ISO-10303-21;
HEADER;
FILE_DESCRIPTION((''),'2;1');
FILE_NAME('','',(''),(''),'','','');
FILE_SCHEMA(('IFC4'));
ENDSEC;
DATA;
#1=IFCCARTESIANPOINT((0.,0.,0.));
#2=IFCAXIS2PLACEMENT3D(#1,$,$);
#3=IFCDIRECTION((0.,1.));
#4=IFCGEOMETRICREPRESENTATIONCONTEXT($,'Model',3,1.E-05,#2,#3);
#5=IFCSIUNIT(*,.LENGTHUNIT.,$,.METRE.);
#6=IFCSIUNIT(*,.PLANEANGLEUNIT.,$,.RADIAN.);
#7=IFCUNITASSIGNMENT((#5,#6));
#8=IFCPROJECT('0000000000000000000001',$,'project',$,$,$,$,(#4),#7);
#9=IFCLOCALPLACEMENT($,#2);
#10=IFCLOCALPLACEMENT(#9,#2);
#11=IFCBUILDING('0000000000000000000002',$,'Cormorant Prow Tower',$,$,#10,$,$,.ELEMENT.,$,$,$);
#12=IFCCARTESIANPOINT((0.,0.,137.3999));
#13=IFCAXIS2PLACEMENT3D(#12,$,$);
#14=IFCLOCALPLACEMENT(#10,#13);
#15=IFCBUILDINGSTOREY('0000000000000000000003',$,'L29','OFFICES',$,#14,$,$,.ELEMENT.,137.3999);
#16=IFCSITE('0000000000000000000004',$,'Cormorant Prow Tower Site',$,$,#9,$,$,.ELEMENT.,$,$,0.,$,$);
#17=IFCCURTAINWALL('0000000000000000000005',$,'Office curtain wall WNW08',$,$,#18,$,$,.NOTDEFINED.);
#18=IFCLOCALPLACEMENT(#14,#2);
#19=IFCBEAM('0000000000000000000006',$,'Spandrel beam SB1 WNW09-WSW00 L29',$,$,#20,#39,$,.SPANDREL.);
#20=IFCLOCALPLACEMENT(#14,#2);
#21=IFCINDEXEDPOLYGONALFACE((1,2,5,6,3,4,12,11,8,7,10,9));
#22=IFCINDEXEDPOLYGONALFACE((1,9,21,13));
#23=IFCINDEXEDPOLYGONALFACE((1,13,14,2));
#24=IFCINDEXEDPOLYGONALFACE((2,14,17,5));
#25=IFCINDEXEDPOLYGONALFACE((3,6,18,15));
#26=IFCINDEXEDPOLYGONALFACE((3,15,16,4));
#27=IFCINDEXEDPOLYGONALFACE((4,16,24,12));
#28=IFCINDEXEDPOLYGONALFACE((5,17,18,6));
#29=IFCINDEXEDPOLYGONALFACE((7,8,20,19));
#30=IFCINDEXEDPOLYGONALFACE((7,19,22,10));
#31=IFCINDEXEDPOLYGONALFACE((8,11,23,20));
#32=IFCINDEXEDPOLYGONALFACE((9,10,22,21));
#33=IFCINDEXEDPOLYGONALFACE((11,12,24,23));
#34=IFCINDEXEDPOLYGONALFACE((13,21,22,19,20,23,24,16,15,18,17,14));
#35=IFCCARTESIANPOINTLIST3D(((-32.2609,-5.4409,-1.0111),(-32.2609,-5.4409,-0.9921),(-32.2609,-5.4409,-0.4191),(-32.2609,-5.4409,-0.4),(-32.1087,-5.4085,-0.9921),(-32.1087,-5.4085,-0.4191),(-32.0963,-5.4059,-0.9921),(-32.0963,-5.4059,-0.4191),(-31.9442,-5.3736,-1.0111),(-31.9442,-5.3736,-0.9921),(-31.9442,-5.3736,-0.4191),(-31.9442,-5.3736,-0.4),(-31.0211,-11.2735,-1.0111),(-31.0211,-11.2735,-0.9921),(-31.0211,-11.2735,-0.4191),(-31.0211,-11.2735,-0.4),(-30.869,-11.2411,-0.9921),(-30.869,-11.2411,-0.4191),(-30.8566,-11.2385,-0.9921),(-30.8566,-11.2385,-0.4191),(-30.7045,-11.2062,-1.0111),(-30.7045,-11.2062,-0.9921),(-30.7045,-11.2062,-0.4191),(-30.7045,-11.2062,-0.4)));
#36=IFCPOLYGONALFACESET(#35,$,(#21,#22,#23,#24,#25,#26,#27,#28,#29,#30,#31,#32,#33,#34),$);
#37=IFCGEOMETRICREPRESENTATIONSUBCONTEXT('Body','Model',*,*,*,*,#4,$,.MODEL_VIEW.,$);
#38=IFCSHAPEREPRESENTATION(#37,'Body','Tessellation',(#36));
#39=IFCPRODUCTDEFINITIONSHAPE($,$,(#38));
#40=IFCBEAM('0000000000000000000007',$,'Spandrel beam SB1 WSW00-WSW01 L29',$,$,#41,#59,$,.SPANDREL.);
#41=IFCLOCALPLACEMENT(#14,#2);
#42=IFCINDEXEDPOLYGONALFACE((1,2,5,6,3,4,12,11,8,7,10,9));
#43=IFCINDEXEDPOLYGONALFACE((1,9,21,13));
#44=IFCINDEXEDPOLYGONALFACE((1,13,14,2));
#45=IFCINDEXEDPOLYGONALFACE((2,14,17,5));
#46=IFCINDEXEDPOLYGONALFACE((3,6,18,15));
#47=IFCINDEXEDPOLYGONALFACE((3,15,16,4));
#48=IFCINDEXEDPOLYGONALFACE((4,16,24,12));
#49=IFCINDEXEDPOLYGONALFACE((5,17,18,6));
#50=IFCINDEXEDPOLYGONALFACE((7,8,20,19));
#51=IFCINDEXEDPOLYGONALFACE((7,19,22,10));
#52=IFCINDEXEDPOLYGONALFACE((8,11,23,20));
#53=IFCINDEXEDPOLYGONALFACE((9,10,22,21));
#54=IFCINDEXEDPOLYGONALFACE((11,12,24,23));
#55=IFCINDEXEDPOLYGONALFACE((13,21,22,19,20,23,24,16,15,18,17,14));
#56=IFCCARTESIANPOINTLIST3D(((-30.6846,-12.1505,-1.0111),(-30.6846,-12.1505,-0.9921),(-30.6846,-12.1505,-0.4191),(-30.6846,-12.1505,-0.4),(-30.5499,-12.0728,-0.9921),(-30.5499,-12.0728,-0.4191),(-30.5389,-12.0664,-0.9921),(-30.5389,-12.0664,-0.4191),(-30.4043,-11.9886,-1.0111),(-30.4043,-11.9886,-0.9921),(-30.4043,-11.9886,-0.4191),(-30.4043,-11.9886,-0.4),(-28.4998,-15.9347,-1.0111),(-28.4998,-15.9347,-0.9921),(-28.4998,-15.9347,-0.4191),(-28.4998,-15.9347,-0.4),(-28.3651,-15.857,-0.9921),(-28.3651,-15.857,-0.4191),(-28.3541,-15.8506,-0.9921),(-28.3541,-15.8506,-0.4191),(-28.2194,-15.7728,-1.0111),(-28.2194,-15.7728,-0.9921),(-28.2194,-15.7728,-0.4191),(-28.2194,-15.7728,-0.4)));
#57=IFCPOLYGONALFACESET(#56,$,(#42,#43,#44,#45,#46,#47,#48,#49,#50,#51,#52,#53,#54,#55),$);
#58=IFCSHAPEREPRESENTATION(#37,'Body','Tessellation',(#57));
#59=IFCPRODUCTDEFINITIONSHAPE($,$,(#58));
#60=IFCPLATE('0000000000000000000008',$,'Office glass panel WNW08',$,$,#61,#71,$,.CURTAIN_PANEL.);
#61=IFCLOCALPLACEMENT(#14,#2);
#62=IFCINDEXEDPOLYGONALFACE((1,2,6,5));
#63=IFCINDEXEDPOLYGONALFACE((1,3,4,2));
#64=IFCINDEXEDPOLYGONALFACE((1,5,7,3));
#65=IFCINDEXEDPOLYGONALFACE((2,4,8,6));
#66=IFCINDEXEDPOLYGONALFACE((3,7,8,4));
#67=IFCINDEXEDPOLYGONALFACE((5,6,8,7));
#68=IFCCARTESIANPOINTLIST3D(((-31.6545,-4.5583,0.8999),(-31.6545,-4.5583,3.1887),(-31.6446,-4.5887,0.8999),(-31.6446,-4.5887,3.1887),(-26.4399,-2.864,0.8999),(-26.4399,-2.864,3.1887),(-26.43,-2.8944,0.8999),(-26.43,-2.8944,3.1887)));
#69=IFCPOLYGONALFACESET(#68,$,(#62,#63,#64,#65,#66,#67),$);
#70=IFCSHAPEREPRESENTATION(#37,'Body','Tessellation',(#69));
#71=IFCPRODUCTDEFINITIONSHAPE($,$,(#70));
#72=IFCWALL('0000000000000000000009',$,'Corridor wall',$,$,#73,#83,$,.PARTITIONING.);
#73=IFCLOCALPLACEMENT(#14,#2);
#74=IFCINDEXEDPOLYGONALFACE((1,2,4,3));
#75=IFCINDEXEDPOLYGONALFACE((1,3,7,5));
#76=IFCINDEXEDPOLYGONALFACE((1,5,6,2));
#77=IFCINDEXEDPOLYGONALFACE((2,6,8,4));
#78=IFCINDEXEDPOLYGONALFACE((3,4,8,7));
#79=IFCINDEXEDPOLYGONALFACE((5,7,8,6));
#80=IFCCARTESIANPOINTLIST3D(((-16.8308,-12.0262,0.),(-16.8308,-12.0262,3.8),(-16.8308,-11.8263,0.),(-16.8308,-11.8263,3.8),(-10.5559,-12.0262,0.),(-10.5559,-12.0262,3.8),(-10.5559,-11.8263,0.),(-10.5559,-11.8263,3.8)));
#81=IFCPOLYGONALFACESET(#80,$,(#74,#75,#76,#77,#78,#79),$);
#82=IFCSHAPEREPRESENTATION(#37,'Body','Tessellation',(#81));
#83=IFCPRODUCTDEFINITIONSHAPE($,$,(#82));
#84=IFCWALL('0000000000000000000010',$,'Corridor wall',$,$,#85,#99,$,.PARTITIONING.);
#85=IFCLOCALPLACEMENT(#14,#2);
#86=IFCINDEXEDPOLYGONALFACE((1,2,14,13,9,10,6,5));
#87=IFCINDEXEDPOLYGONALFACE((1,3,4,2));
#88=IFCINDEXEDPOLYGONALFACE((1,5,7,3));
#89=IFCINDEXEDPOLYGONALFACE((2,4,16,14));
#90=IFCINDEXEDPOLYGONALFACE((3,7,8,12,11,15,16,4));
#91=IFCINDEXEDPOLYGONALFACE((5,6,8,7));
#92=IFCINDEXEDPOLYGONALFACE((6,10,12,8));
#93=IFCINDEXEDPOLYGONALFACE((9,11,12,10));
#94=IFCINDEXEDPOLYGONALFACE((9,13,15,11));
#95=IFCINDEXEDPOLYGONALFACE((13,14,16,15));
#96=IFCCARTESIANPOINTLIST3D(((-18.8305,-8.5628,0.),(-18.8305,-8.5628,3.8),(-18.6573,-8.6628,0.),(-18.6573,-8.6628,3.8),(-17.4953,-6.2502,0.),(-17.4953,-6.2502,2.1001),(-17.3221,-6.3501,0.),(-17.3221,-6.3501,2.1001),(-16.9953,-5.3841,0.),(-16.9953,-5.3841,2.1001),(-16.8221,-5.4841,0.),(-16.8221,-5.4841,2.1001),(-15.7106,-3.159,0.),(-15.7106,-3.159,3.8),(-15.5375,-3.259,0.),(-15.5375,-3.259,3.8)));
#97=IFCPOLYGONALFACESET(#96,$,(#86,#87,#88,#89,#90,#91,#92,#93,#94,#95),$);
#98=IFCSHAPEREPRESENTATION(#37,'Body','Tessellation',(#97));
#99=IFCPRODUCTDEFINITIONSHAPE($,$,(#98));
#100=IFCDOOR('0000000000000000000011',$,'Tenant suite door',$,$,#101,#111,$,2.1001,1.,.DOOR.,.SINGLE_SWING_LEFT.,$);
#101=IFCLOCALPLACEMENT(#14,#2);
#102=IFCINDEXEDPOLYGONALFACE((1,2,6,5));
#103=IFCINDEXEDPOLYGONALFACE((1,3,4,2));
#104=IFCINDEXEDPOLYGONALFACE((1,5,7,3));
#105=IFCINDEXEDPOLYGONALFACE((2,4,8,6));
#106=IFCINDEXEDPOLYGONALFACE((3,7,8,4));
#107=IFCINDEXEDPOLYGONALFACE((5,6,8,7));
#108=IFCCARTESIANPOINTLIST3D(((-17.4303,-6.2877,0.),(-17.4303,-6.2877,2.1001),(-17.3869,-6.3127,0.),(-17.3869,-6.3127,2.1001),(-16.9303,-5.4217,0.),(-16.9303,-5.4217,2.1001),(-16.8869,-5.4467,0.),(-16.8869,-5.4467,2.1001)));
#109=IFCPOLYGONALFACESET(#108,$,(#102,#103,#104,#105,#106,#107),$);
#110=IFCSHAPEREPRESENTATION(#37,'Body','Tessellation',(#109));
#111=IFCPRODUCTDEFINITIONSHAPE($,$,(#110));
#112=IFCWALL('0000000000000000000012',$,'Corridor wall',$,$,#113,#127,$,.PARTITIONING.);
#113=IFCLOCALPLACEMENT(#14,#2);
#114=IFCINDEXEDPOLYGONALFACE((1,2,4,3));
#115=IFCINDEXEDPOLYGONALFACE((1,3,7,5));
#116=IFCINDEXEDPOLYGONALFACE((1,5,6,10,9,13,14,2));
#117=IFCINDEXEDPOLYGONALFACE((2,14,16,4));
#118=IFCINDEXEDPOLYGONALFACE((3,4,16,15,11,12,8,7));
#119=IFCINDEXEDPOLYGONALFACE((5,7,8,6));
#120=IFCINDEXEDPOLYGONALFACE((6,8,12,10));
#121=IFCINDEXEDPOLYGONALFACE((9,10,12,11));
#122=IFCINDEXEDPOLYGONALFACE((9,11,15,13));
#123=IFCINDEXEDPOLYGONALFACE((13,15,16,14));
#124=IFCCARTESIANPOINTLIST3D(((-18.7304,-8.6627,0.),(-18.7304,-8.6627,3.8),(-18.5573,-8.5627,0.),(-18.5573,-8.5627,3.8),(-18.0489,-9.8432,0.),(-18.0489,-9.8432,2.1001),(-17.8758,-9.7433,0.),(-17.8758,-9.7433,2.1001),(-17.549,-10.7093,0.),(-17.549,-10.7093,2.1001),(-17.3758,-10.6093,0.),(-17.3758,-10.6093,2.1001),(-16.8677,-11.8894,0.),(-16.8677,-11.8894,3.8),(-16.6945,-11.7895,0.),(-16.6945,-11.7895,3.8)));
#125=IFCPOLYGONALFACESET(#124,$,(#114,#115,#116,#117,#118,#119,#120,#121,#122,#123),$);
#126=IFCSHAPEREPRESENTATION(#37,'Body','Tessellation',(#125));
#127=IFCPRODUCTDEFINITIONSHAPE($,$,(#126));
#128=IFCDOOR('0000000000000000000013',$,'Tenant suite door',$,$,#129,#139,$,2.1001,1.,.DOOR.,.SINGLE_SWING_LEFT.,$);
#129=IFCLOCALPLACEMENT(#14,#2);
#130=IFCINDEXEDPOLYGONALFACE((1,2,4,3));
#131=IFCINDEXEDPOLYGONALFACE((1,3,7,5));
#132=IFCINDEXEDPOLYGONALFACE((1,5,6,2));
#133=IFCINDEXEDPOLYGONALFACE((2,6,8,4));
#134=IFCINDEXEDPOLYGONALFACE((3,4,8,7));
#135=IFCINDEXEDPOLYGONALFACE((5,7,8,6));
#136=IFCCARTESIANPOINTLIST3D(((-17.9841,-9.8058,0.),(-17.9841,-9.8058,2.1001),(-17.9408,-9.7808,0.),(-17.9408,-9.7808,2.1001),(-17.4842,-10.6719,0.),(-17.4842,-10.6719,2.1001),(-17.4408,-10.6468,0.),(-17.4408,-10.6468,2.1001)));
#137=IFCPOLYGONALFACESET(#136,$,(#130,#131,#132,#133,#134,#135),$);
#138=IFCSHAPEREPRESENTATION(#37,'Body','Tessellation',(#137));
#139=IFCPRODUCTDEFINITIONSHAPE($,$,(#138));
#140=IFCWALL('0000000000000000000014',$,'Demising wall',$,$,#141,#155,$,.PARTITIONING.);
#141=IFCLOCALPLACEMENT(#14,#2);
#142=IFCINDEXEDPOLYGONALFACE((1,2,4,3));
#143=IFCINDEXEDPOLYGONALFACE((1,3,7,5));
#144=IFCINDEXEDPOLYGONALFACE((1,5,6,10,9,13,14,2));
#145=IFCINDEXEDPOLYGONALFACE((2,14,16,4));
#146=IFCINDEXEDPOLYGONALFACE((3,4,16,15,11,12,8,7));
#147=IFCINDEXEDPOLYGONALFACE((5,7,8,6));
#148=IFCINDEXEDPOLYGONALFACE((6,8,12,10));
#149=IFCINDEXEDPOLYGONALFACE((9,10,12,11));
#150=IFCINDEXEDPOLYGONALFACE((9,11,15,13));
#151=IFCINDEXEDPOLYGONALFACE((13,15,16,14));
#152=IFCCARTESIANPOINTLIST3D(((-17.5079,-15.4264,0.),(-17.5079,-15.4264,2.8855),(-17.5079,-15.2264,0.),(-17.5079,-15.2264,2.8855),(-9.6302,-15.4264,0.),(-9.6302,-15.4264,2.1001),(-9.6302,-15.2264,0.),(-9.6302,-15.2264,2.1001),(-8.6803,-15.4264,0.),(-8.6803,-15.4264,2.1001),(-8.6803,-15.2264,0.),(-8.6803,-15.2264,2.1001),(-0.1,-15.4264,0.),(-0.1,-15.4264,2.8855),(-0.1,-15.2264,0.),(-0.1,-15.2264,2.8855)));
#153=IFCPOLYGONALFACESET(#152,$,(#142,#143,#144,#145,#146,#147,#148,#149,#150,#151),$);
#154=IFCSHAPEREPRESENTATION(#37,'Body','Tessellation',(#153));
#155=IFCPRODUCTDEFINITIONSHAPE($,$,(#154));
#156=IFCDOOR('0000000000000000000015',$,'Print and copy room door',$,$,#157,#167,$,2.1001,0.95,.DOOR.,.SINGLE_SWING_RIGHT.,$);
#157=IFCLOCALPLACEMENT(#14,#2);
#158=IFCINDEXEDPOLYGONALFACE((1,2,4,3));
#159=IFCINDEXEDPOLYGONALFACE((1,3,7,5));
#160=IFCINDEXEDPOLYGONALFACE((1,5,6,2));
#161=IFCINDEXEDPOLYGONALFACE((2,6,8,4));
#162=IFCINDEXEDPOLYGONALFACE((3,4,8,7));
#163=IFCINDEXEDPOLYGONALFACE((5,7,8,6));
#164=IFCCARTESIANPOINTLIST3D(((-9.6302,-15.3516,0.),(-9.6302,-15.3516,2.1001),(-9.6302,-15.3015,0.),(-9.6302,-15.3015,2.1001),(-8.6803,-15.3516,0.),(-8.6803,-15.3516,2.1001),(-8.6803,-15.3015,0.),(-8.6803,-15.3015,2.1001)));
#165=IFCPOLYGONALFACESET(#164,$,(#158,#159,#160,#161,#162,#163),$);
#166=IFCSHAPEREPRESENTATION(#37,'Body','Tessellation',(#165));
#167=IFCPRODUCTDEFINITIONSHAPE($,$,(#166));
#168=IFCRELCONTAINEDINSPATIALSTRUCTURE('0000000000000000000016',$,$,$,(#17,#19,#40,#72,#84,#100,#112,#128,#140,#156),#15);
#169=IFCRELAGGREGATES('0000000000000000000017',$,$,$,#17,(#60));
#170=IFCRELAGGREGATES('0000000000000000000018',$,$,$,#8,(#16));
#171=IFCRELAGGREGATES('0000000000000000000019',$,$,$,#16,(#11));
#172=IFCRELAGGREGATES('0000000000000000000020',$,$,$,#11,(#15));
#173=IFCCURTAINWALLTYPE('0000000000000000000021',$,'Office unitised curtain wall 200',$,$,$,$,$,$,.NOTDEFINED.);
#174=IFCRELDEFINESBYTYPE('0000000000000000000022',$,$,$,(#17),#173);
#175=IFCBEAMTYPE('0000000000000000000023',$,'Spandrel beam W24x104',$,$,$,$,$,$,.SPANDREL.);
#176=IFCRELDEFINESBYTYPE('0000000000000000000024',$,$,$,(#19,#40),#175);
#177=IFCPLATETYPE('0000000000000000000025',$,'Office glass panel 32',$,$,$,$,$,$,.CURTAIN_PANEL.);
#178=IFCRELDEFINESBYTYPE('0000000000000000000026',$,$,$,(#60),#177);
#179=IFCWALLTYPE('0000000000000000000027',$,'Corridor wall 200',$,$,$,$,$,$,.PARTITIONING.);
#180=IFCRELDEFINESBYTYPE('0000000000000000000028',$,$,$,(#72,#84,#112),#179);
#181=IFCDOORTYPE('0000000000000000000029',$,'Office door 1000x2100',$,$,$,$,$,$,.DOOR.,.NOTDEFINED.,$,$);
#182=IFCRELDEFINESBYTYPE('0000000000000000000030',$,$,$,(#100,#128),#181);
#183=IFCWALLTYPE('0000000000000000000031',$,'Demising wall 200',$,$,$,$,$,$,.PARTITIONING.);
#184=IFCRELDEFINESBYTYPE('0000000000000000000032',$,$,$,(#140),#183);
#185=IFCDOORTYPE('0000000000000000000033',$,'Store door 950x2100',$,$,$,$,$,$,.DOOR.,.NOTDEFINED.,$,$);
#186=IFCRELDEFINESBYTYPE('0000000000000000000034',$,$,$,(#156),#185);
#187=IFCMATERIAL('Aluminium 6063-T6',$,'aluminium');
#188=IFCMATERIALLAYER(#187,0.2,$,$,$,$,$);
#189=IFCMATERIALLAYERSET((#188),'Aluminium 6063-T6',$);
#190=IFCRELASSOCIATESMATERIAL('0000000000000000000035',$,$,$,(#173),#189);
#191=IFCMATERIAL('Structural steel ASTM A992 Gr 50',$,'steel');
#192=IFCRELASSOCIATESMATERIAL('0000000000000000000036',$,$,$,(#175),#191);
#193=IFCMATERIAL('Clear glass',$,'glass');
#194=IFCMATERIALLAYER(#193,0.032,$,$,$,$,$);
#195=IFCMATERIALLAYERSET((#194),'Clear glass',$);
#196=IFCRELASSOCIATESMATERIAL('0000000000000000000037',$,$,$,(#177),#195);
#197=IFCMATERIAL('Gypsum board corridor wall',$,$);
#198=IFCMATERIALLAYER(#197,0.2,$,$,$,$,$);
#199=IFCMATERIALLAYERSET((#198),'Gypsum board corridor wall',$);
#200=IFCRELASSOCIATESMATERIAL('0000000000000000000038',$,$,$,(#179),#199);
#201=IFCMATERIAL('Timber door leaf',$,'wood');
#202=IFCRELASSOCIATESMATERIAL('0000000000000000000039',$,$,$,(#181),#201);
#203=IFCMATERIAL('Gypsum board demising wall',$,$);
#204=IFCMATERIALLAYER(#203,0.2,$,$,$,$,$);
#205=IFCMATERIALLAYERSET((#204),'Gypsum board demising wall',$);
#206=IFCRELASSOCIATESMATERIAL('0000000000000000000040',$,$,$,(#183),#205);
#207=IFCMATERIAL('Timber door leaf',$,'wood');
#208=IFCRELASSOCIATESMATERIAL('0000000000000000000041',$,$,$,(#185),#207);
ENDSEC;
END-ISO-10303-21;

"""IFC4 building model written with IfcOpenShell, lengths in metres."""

from ifc_helpers import new_model, si_unit, direction, frame, frame_2d, origin, origin_2d, place, context, subcontext, project, spatial, rectangle, i_section, extrude, material, layer, layer_set, material_profile, profile_set, type_object, element, fill, aggregate, save


model = new_model("IFC4")

# Units and contexts
model_context = context("Model", 3, precision=1e-05, world=origin(), true_north=direction((0.0, 1.0)))
body_context = subcontext(model_context, "Body", "Model", "MODEL_VIEW")
ifc_project = project(units=[si_unit("LENGTHUNIT", "METRE"), si_unit("PLANEANGLEUNIT", "RADIAN")], contexts=[model_context])

# Site, building, storey
site_placement = place(None, origin())
site = spatial("IfcSite", under=ifc_project, at=site_placement, Name="Cormorant Prow Tower Site", CompositionType="ELEMENT", RefElevation=0.0)
building_placement = place(site_placement, origin())
building = spatial("IfcBuilding", under=site, at=building_placement, Name="Cormorant Prow Tower", CompositionType="ELEMENT")
storey_placement = place(building_placement, frame((0.0, 0.0, 137.3999)))
storey = spatial("IfcBuildingStorey", under=building, at=storey_placement, Name="L29", Description="OFFICES", CompositionType="ELEMENT", Elevation=137.3999)

# Curtain wall
ifc_material_1 = material(Name="Aluminium 6063-T6", Category="aluminium")
ifc_layer_1 = layer(ifc_material_1, 0.2)
ifc_layer_set_1 = layer_set([ifc_layer_1], Name="Aluminium 6063-T6")
curtain_wall_type = type_object("IfcCurtainWallType", Name="Office unitised curtain wall 200", PredefinedType="NOTDEFINED", material=ifc_layer_set_1)
curtain_wall_placement = place(storey_placement, origin())
curtain_wall = element("IfcCurtainWall", 1, at=curtain_wall_placement, inside=storey, type_object=curtain_wall_type, Name="Office curtain wall WNW08", PredefinedType="NOTDEFINED")

# Beams
ifc_material_2 = material(Name="Structural steel ASTM A992 Gr 50", Category="steel")
ifc_material_profile_1 = material_profile(ifc_material_2, i_section(OverallWidth=0.3237, OverallDepth=0.6111, WebThickness=0.0127, FlangeThickness=0.019, at=origin_2d()), Name="W24x104")
ifc_profile_set_1 = profile_set([ifc_material_profile_1], Name="Structural steel ASTM A992 Gr 50")
beam_type_1 = type_object("IfcBeamType", Name="Spandrel beam W24x104", PredefinedType="SPANDREL", material=ifc_profile_set_1)
beam_1_placement = place(storey_placement, frame((-32.1025, -5.4072, -0.7056), z_axis=(0.207913, -0.978147, 0.0), x_axis=(0.978147, 0.207913, 0.0)))
element("IfcBeam", 2, at=beam_1_placement, inside=storey, type_object=beam_type_1, Name="Spandrel beam SB1 WNW09-WSW00 L29", PredefinedType="SPANDREL", context=body_context, shape_type="SweptSolid", body=[
    extrude(i_section(OverallWidth=0.3237, OverallDepth=0.6111, WebThickness=0.0127, FlangeThickness=0.019, at=origin_2d()), origin(), (0.0, 0.0, 1.0), 5.9629),
])
beam_2_placement = place(storey_placement, frame((-30.5444, -12.0696, -0.7056), z_axis=(0.500003, -0.866024, 0.0), x_axis=(0.866024, 0.500003, 0.0)))
element("IfcBeam", 3, at=beam_2_placement, inside=storey, type_object=beam_type_1, Name="Spandrel beam SB1 WSW00-WSW01 L29", PredefinedType="SPANDREL", context=body_context, shape_type="SweptSolid", body=[
    extrude(i_section(OverallWidth=0.3237, OverallDepth=0.6111, WebThickness=0.0127, FlangeThickness=0.019, at=origin_2d()), origin(), (0.0, 0.0, 1.0), 4.3696),
])

# Plate
ifc_material_3 = material(Name="Clear glass", Category="glass")
ifc_layer_2 = layer(ifc_material_3, 0.032)
ifc_layer_set_2 = layer_set([ifc_layer_2], Name="Clear glass")
plate_type = type_object("IfcPlateType", Name="Office glass panel 32", PredefinedType="CURTAIN_PANEL", material=ifc_layer_set_2)
plate_placement = place(storey_placement, frame((-29.0422, -3.7263, 0.8999), z_axis=(0.0, 0.0, 1.0), x_axis=(-0.951057, -0.309017, 0.0)))
plate = element("IfcPlate", 4, at=plate_placement, type_object=plate_type, Name="Office glass panel WNW08", PredefinedType="CURTAIN_PANEL", context=body_context, shape_type="SweptSolid", body=[
    extrude(rectangle(XDim=5.4829, YDim=0.032, at=origin_2d()), origin(), (0.0, 0.0, 1.0), 2.2888),
])
aggregate(curtain_wall, [plate])

# Wall
ifc_material_4 = material(Name="Gypsum board corridor wall")
ifc_layer_3 = layer(ifc_material_4, 0.2)
ifc_layer_set_3 = layer_set([ifc_layer_3], Name="Gypsum board corridor wall")
wall_type_1 = type_object("IfcWallType", Name="Corridor wall 200", PredefinedType="PARTITIONING", material=ifc_layer_set_3)
wall_1_placement = place(storey_placement, frame((-16.8308, -11.9263, 0.0), z_axis=(0.0, 0.0, 1.0), x_axis=(1.0, 0.0, 0.0)))
element("IfcWall", 5, at=wall_1_placement, inside=storey, type_object=wall_type_1, Name="Corridor wall", PredefinedType="PARTITIONING", context=body_context, shape_type="SweptSolid", body=[
    extrude(rectangle(XDim=6.2749, YDim=0.2, at=frame_2d((3.1375, 0.0))), origin(), (0.0, 0.0, 1.0), 3.8),
])

# Walls, openings, doors
wall_2_placement = place(storey_placement, frame((-18.7439, -8.6128, 0.0), z_axis=(0.0, 0.0, 1.0), x_axis=(0.499998, 0.866027, 0.0)))
wall_2 = element("IfcWall", 6, at=wall_2_placement, inside=storey, type_object=wall_type_1, Name="Corridor wall", PredefinedType="PARTITIONING", context=body_context, shape_type="SweptSolid", body=[
    extrude(rectangle(XDim=6.2397, YDim=0.2, at=frame_2d((3.1199, 0.0))), origin(), (0.0, 0.0, 1.0), 3.8),
])
opening_1_placement = place(wall_2_placement, frame((2.6704, 0.0, 0.0)))
opening_1 = element("IfcOpeningElement", 7, at=opening_1_placement, cuts=wall_2, PredefinedType="OPENING", context=body_context, shape_type="SweptSolid", body=[
    extrude(rectangle(XDim=1.0, YDim=2.1001, at=frame_2d((0.5, 1.05))), frame((0.0, 0.1099, 0.0), z_axis=(0.0, -1.0, 0.0), x_axis=(1.0, 0.0, 0.0)), (0.0, 0.0, 1.0), 0.22),
])
ifc_material_5 = material(Name="Timber door leaf", Category="wood")
door_type_1 = type_object("IfcDoorType", Name="Office door 1000x2100", OperationType="NOTDEFINED", PredefinedType="DOOR", material=ifc_material_5)
door_1_placement = place(opening_1_placement, origin())
door_1 = element("IfcDoor", 8, at=door_1_placement, inside=storey, type_object=door_type_1, Name="Tenant suite door", OperationType="SINGLE_SWING_LEFT", OverallHeight=2.1001, OverallWidth=1.0, PredefinedType="DOOR", context=body_context, shape_type="SweptSolid", body=[
    extrude(rectangle(XDim=1.0, YDim=2.1001, at=frame_2d((0.5, 1.05))), frame((0.0, 0.0249, 0.0), z_axis=(0.0, -1.0, 0.0), x_axis=(1.0, 0.0, 0.0)), (0.0, 0.0, 1.0), 0.05),
])
fill(opening_1, door_1)
wall_3_placement = place(storey_placement, frame((-18.6438, -8.6128, 0.0), z_axis=(0.0, 0.0, 1.0), x_axis=(0.499959, -0.866049, 0.0)))
wall_3 = element("IfcWall", 9, at=wall_3_placement, inside=storey, type_object=wall_type_1, Name="Corridor wall", PredefinedType="PARTITIONING", context=body_context, shape_type="SweptSolid", body=[
    extrude(rectangle(XDim=3.7258, YDim=0.2, at=frame_2d((1.8628, 0.0))), origin(), (0.0, 0.0, 1.0), 3.8),
])
opening_2_placement = place(wall_3_placement, frame((1.363, 0.0, 0.0)))
opening_2 = element("IfcOpeningElement", 10, at=opening_2_placement, cuts=wall_3, PredefinedType="OPENING", context=body_context, shape_type="SweptSolid", body=[
    extrude(rectangle(XDim=1.0, YDim=2.1001, at=frame_2d((0.5, 1.05))), frame((0.0, 0.1099, 0.0), z_axis=(0.0, -1.0, 0.0), x_axis=(1.0, 0.0, 0.0)), (0.0, 0.0, 1.0), 0.22),
])
door_2_placement = place(opening_2_placement, origin())
door_2 = element("IfcDoor", 11, at=door_2_placement, inside=storey, type_object=door_type_1, Name="Tenant suite door", OperationType="SINGLE_SWING_LEFT", OverallHeight=2.1001, OverallWidth=1.0, PredefinedType="DOOR", context=body_context, shape_type="SweptSolid", body=[
    extrude(rectangle(XDim=1.0, YDim=2.1001, at=frame_2d((0.5, 1.05))), frame((0.0, 0.0249, 0.0), z_axis=(0.0, -1.0, 0.0), x_axis=(1.0, 0.0, 0.0)), (0.0, 0.0, 1.0), 0.05),
])
fill(opening_2, door_2)
ifc_material_6 = material(Name="Gypsum board demising wall")
ifc_layer_4 = layer(ifc_material_6, 0.2)
ifc_layer_set_4 = layer_set([ifc_layer_4], Name="Gypsum board demising wall")
wall_type_2 = type_object("IfcWallType", Name="Demising wall 200", PredefinedType="PARTITIONING", material=ifc_layer_set_4)
wall_4_placement = place(storey_placement, frame((-17.5081, -15.3264, 0.0), z_axis=(0.0, 0.0, 1.0), x_axis=(1.0, 0.0, 0.0)))
wall_4 = element("IfcWall", 12, at=wall_4_placement, inside=storey, type_object=wall_type_2, Name="Demising wall", PredefinedType="PARTITIONING", context=body_context, shape_type="SweptSolid", body=[
    extrude(rectangle(XDim=17.408, YDim=0.2, at=frame_2d((8.7041, 0.0))), origin(), (0.0, 0.0, 1.0), 2.8855),
])
opening_3_placement = place(wall_4_placement, frame((7.8777, 0.0, 0.0)))
opening_3 = element("IfcOpeningElement", 13, at=opening_3_placement, cuts=wall_4, PredefinedType="OPENING", context=body_context, shape_type="SweptSolid", body=[
    extrude(rectangle(XDim=0.95, YDim=2.1001, at=frame_2d((0.4751, 1.05))), frame((0.0, 0.1099, 0.0), z_axis=(0.0, -1.0, 0.0), x_axis=(1.0, 0.0, 0.0)), (0.0, 0.0, 1.0), 0.22),
])
ifc_material_7 = material(Name="Timber door leaf", Category="wood")
door_type_2 = type_object("IfcDoorType", Name="Store door 950x2100", OperationType="NOTDEFINED", PredefinedType="DOOR", material=ifc_material_7)
door_3_placement = place(opening_3_placement, origin())
door_3 = element("IfcDoor", 14, at=door_3_placement, inside=storey, type_object=door_type_2, Name="Print and copy room door", OperationType="SINGLE_SWING_RIGHT", OverallHeight=2.1001, OverallWidth=0.95, PredefinedType="DOOR", context=body_context, shape_type="SweptSolid", body=[
    extrude(rectangle(XDim=0.95, YDim=2.1001, at=frame_2d((0.4751, 1.05))), frame((0.0, 0.0249, 0.0), z_axis=(0.0, -1.0, 0.0), x_axis=(1.0, 0.0, 0.0)), (0.0, 0.0, 1.0), 0.05),
])
fill(opening_3, door_3)

save(model, "model.ifc")
